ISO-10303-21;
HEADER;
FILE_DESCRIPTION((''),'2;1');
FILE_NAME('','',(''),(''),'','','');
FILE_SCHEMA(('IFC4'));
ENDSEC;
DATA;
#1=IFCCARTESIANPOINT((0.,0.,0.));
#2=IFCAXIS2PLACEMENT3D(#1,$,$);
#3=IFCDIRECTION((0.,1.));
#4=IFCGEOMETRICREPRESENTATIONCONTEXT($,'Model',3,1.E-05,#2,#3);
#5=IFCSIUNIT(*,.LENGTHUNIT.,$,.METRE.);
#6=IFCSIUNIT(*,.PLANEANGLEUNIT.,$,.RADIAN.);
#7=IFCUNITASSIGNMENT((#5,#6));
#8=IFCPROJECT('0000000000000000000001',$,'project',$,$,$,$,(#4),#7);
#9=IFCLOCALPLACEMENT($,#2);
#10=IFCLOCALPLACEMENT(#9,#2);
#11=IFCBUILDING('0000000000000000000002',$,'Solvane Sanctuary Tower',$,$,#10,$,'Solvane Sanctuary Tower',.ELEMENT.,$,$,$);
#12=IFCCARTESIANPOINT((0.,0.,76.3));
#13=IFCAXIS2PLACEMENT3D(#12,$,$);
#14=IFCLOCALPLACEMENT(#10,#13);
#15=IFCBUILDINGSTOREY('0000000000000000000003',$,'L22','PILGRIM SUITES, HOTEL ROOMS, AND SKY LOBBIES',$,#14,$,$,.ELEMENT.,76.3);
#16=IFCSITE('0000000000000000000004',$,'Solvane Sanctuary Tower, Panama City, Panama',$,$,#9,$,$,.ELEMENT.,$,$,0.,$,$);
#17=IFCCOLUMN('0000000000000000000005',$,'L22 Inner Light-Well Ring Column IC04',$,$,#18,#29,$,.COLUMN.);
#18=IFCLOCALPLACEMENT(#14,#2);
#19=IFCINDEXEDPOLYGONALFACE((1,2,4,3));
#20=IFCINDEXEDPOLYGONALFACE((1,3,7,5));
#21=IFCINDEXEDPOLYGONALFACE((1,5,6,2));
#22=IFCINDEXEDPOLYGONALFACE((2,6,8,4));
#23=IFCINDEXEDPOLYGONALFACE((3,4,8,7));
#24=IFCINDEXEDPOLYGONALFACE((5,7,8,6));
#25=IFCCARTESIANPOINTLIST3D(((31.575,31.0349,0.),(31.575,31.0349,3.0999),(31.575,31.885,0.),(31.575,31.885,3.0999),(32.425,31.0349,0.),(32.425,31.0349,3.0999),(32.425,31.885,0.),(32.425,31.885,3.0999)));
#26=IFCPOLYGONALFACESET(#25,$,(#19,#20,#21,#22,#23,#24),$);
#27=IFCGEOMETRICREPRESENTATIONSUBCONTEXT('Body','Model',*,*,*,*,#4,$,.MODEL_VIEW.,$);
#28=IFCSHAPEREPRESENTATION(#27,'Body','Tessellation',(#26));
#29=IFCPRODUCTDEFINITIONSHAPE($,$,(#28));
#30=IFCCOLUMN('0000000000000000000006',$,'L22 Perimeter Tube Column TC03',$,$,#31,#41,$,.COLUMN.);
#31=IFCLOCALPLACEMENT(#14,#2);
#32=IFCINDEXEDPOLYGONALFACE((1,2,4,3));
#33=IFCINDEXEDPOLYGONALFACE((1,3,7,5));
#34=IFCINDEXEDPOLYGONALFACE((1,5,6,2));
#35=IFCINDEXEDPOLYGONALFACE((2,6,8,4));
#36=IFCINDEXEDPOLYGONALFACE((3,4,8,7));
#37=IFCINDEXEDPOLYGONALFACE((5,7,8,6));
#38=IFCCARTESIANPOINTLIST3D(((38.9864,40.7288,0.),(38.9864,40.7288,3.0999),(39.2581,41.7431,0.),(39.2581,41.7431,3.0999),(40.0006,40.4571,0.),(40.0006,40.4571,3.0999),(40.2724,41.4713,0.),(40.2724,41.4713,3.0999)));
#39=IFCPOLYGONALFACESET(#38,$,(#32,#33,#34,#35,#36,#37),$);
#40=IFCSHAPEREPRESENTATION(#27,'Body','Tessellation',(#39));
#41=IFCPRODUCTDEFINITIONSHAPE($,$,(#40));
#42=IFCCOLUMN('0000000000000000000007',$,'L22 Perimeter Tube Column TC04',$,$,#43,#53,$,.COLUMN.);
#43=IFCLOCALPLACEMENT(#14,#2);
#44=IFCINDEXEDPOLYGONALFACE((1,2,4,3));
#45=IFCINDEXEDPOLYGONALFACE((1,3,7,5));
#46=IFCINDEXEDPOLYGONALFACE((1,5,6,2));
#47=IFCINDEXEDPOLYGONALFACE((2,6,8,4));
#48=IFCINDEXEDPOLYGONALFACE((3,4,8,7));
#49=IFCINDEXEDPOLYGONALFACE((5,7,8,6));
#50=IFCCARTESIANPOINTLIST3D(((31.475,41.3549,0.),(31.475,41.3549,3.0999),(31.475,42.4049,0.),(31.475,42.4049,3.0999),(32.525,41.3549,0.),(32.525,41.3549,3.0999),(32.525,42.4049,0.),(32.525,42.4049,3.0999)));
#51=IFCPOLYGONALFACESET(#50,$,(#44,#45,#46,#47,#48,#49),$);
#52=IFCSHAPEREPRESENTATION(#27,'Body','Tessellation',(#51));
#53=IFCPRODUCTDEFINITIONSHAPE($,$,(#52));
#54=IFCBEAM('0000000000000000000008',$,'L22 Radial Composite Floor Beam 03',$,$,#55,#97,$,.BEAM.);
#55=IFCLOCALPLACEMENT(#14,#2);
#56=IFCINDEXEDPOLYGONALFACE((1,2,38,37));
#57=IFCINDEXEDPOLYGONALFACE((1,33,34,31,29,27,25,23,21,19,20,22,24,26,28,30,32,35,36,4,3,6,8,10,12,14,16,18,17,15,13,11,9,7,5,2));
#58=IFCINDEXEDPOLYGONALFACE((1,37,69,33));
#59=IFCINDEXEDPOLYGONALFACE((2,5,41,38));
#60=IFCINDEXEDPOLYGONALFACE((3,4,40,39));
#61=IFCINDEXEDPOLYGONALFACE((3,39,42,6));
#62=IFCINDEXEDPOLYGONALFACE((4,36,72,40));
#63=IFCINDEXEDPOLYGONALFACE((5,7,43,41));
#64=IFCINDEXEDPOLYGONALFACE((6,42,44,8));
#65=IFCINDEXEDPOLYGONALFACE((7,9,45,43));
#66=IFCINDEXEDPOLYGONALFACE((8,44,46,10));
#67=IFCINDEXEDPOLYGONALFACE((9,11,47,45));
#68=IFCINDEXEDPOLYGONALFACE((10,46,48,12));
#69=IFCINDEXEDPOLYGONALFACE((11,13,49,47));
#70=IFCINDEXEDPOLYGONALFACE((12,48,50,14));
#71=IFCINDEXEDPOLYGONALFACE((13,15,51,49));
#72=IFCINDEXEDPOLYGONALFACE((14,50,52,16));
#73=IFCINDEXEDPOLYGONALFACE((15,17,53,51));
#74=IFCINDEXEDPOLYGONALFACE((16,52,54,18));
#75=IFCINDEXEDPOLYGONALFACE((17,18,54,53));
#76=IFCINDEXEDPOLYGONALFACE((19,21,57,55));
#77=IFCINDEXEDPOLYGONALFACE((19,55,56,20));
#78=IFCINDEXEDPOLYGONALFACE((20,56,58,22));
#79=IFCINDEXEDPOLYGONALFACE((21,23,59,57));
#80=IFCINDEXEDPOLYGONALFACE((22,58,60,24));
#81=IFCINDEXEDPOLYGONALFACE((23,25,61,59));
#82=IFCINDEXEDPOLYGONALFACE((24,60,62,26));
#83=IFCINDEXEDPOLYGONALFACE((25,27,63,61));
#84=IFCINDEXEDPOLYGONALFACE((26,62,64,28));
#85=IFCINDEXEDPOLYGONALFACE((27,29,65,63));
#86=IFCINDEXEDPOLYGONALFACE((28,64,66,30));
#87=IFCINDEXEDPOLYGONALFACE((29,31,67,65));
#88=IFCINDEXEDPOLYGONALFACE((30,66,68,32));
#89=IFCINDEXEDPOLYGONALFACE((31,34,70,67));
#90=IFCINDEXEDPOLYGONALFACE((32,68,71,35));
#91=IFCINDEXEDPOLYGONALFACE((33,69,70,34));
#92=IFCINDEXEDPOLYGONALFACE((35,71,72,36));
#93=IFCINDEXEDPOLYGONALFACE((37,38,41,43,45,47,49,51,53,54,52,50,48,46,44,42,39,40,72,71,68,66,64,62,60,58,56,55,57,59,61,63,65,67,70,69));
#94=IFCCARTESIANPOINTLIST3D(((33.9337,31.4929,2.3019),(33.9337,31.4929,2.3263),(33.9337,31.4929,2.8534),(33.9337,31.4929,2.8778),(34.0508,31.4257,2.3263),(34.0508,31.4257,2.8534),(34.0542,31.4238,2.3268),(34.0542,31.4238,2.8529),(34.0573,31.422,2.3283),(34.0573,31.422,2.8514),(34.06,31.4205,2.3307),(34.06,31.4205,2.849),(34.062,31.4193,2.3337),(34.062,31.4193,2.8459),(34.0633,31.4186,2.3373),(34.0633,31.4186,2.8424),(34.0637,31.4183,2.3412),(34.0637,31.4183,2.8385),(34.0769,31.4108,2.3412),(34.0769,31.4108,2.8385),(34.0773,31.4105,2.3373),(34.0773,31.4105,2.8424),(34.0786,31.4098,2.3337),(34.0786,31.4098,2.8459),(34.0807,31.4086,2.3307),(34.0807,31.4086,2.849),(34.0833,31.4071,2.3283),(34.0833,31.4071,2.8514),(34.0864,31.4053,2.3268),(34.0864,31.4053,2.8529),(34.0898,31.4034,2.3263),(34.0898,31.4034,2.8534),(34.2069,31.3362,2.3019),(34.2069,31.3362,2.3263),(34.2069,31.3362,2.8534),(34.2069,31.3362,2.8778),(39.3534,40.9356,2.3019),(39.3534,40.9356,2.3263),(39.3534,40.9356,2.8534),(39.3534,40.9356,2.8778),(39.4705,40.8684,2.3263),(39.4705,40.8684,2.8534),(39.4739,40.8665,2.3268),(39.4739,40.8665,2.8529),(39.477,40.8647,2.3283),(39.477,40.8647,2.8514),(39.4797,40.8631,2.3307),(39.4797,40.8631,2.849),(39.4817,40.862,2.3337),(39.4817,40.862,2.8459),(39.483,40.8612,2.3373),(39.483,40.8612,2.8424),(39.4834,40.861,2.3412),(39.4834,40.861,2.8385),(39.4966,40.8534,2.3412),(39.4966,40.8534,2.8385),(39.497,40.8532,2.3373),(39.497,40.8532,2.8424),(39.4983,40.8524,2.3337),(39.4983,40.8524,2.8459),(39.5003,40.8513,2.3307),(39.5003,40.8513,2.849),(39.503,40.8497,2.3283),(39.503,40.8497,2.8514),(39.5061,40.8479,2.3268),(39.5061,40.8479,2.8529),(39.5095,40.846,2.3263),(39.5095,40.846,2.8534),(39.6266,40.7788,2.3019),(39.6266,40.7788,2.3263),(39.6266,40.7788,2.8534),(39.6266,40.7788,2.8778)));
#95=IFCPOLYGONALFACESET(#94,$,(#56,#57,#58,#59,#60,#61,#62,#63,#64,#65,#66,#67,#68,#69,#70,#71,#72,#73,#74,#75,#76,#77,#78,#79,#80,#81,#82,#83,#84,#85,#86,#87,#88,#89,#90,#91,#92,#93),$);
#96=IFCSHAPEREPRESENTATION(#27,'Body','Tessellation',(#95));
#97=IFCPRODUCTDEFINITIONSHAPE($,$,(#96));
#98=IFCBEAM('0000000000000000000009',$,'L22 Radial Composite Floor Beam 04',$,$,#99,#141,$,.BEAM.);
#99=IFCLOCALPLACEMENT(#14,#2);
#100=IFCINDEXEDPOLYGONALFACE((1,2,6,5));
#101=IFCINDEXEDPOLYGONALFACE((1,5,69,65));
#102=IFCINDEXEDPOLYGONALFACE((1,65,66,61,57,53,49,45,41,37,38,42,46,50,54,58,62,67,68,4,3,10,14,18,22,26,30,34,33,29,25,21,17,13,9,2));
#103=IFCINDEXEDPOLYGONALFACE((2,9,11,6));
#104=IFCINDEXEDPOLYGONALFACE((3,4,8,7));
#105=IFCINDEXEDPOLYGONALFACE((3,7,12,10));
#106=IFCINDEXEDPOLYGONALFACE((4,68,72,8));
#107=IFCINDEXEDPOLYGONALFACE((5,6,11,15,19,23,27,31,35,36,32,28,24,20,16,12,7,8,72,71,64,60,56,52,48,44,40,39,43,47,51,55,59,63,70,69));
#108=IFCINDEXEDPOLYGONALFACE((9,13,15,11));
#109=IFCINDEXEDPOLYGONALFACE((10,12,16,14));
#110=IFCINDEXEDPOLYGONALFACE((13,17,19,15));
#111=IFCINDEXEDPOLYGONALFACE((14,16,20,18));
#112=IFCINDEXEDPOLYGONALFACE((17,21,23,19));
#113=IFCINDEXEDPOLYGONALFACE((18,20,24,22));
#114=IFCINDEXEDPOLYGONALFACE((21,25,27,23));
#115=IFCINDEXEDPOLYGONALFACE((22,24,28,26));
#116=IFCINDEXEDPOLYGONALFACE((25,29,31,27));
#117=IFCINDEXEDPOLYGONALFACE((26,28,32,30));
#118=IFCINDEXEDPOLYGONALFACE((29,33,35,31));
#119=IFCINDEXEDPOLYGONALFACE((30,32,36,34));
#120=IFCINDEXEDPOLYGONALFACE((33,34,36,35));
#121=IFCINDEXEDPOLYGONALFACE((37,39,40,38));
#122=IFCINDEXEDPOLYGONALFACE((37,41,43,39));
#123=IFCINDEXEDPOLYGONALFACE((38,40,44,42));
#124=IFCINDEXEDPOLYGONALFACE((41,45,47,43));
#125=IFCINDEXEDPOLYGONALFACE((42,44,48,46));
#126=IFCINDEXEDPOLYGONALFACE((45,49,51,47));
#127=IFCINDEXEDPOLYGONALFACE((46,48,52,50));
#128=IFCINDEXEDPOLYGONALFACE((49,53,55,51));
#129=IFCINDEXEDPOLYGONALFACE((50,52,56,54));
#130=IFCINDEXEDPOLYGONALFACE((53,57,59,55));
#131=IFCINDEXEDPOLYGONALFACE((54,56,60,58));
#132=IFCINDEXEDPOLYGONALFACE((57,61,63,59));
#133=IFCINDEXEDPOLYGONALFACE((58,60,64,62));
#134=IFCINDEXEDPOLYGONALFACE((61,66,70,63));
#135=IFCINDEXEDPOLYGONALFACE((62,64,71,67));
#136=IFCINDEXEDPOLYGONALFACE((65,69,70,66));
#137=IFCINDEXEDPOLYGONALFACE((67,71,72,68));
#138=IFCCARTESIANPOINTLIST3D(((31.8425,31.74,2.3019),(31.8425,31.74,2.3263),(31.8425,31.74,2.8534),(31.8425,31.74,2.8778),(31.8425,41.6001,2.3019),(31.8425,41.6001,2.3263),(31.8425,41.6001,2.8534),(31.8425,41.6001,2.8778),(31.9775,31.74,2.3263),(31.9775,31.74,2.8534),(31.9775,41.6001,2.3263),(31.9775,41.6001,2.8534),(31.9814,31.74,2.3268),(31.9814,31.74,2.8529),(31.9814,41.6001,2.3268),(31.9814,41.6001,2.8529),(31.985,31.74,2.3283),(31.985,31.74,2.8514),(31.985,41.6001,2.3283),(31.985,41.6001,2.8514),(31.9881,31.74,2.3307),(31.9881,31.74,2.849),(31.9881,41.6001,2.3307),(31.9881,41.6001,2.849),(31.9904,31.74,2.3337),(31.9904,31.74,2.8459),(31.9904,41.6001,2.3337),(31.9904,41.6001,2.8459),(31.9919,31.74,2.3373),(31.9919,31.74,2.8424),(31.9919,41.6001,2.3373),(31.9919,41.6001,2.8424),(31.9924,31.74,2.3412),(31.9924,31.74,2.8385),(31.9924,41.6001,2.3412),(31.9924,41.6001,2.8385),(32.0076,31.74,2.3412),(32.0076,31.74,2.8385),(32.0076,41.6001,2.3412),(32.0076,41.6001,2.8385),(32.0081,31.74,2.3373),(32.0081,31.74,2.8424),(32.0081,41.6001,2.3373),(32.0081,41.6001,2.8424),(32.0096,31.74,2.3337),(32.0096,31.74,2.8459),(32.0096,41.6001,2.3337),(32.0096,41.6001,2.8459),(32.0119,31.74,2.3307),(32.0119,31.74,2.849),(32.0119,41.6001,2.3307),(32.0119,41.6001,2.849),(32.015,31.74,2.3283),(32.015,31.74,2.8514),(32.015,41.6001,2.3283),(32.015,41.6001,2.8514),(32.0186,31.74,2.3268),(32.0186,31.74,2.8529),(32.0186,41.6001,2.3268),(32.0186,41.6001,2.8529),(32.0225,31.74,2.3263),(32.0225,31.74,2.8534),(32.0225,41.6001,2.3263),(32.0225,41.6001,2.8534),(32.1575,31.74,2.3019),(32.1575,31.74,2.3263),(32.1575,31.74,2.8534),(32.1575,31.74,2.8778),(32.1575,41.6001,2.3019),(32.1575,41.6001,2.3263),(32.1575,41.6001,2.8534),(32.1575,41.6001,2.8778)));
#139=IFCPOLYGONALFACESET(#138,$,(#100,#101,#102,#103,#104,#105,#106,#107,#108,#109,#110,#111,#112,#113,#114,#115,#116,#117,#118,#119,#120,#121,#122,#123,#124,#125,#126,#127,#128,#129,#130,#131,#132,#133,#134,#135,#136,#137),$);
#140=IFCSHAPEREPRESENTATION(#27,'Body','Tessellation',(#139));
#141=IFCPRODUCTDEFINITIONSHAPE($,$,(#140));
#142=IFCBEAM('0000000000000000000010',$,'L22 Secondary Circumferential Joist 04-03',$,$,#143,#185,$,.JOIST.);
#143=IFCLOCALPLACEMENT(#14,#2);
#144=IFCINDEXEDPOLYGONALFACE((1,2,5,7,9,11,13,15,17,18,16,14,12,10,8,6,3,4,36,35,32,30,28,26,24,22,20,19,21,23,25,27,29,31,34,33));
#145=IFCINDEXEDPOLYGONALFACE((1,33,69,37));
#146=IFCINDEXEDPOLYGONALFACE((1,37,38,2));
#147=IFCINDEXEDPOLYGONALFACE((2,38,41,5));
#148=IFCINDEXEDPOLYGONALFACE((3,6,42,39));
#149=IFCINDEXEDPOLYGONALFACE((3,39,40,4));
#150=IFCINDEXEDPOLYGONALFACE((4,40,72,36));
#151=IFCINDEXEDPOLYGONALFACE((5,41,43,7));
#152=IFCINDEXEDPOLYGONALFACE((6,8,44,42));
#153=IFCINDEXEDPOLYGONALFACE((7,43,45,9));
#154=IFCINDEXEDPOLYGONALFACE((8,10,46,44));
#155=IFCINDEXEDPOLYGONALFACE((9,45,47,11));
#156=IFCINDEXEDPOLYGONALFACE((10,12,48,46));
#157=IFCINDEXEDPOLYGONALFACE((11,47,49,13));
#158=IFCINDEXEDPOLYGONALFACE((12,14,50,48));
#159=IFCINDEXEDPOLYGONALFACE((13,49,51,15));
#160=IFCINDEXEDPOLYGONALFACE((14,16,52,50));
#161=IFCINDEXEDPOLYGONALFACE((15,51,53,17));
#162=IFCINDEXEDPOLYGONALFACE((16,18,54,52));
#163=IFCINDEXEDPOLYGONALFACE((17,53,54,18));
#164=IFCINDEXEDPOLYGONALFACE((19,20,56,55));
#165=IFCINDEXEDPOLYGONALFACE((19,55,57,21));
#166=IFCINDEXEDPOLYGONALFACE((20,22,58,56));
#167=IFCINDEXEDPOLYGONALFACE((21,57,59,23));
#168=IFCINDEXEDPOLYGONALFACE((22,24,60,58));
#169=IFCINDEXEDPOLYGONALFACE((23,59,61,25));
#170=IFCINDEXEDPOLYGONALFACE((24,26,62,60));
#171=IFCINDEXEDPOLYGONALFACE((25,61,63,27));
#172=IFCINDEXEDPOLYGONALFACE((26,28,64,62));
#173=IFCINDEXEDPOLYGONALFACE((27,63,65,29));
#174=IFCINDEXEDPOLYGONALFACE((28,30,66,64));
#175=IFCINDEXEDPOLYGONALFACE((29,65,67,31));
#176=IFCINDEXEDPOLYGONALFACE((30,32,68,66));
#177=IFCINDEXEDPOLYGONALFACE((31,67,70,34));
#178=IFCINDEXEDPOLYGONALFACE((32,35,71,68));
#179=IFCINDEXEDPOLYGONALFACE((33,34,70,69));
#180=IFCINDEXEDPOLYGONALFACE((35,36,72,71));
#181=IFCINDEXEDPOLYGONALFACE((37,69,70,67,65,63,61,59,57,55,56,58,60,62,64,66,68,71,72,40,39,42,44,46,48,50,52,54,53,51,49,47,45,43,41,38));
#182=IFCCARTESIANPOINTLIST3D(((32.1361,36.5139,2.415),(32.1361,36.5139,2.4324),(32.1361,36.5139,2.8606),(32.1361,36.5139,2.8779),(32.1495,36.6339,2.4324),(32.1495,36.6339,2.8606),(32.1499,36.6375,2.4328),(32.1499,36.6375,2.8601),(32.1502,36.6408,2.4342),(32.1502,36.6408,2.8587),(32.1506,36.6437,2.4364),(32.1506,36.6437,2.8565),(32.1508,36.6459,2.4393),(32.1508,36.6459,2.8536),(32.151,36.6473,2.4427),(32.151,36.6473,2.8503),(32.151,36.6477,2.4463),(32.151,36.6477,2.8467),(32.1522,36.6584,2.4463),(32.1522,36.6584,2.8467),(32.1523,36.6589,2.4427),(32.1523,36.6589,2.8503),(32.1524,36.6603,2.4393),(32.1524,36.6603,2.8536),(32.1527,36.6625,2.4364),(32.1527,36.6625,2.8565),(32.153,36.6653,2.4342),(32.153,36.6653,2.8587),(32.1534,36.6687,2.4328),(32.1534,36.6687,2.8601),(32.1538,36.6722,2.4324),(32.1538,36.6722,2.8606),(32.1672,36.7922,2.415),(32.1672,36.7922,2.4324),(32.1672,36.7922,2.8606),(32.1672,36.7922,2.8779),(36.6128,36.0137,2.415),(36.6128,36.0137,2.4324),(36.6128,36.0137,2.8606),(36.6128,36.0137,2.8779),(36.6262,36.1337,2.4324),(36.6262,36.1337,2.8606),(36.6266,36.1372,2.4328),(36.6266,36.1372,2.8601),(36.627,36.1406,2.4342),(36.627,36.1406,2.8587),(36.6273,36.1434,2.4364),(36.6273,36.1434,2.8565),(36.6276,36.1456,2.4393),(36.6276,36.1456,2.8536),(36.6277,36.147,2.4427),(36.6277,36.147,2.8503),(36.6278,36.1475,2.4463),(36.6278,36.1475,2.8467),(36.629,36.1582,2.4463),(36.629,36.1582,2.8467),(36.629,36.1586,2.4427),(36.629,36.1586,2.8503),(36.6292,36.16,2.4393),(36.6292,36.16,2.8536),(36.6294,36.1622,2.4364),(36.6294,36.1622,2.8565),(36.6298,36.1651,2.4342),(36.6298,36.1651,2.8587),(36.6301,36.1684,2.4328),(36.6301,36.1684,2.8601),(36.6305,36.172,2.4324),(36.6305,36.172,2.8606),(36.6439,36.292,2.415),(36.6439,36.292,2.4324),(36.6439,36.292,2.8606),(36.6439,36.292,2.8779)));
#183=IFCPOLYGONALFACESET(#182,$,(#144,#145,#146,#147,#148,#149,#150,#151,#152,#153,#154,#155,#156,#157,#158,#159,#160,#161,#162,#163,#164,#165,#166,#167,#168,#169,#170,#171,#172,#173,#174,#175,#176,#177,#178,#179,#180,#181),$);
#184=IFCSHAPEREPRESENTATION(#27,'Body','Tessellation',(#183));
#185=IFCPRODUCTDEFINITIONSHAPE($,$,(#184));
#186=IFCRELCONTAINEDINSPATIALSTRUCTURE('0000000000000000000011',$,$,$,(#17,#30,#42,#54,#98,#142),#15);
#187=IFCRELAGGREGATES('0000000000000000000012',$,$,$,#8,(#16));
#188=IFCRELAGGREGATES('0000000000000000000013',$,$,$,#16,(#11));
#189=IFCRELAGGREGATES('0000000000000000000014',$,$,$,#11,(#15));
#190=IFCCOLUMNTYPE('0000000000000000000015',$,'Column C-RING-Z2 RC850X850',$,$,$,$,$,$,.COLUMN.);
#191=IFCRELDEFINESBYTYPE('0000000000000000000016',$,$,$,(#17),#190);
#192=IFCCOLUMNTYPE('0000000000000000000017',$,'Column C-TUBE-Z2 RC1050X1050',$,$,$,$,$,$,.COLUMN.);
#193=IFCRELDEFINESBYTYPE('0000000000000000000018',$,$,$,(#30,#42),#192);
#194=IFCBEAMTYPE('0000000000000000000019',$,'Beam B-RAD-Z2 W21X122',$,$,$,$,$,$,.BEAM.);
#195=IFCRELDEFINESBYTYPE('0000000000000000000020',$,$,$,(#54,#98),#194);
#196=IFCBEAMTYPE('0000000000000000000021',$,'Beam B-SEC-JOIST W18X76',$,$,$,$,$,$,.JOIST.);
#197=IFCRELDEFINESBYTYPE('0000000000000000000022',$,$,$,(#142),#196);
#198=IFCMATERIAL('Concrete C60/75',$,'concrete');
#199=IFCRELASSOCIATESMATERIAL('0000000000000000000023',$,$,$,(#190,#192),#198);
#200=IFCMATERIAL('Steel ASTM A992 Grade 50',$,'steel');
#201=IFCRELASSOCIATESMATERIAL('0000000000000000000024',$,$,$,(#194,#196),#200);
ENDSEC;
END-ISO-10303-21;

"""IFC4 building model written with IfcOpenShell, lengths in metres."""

from ifc_helpers import new_model, si_unit, direction, frame, origin, origin_2d, place, context, subcontext, project, spatial, rectangle, i_section, extrude, material, material_profile, profile_set, type_object, element, save


model = new_model("IFC4")

# Units and contexts
model_context = context("Model", 3, precision=1e-05, world=origin(), true_north=direction((0.0, 1.0)))
body_context = subcontext(model_context, "Body", "Model", "MODEL_VIEW")
ifc_project = project(units=[si_unit("LENGTHUNIT", "METRE"), si_unit("PLANEANGLEUNIT", "RADIAN")], contexts=[model_context])

# Site, building, storey
site_placement = place(None, origin())
site = spatial("IfcSite", under=ifc_project, at=site_placement, Name="Solvane Sanctuary Tower, Panama City, Panama", CompositionType="ELEMENT", RefElevation=0.0)
building_placement = place(site_placement, origin())
building = spatial("IfcBuilding", under=site, at=building_placement, Name="Solvane Sanctuary Tower", LongName="Solvane Sanctuary Tower", CompositionType="ELEMENT")
storey_placement = place(building_placement, frame((0.0, 0.0, 76.3)))
storey = spatial("IfcBuildingStorey", under=building, at=storey_placement, Name="L22", Description="PILGRIM SUITES, HOTEL ROOMS, AND SKY LOBBIES", CompositionType="ELEMENT", Elevation=76.3)

# Columns
ifc_material_1 = material(Name="Concrete C60/75", Category="concrete")
ifc_material_profile_1 = material_profile(ifc_material_1, rectangle(XDim=0.8501, YDim=0.8501, at=origin_2d()), Name="RC850X850")
ifc_profile_set_1 = profile_set([ifc_material_profile_1], Name="Concrete C60/75")
column_type_1 = type_object("IfcColumnType", Name="Column C-RING-Z2 RC850X850", PredefinedType="COLUMN", material=ifc_profile_set_1)
column_placement = place(storey_placement, frame((32.0, 31.46, 0.0), z_axis=(0.0, 0.0, 1.0), x_axis=(1.0, 0.0, 0.0)))
element("IfcColumn", 1, at=column_placement, inside=storey, type_object=column_type_1, Name="L22 Inner Light-Well Ring Column IC04", PredefinedType="COLUMN", context=body_context, shape_type="SweptSolid", body=[
    extrude(rectangle(XDim=0.8501, YDim=0.8501, at=origin_2d()), origin(), (0.0, 0.0, 1.0), 3.0999),
])
ifc_material_profile_2 = material_profile(ifc_material_1, rectangle(XDim=1.05, YDim=1.05, at=origin_2d()), Name="RC1050X1050")
ifc_profile_set_2 = profile_set([ifc_material_profile_2], Name="Concrete C60/75")
column_type_2 = type_object("IfcColumnType", Name="Column C-TUBE-Z2 RC1050X1050", PredefinedType="COLUMN", material=ifc_profile_set_2)
for number, where, z_axis, x_axis, name in (
    (2, (39.6294, 41.1001, 0.0), (0.0, 0.0, 1.0), (0.258819, 0.965926, 0.0), "L22 Perimeter Tube Column TC03"),
    (3, (32.0, 41.8799, 0.0), (0.0, 0.0, 1.0), (0.0, 1.0, 0.0), "L22 Perimeter Tube Column TC04"),
):
    element("IfcColumn", number, at=place(storey_placement, frame(where, z_axis=z_axis, x_axis=x_axis)), inside=storey, type_object=column_type_2, Name=name, PredefinedType="COLUMN", context=body_context, shape_type="SweptSolid", body=[
        extrude(rectangle(XDim=1.05, YDim=1.05, at=origin_2d()), origin(), (0.0, 0.0, 1.0), 3.0999),
    ])

# Beams
ifc_material_2 = material(Name="Steel ASTM A992 Grade 50", Category="steel")
ifc_material_profile_3 = material_profile(ifc_material_2, i_section(OverallWidth=0.3149, OverallDepth=0.5759, WebThickness=0.0151, FlangeThickness=0.0244, FilletRadius=0.0149, at=origin_2d()), Name="W21X122")
ifc_profile_set_3 = profile_set([ifc_material_profile_3], Name="Steel ASTM A992 Grade 50")
beam_type_1 = type_object("IfcBeamType", Name="Beam B-RAD-Z2 W21X122", PredefinedType="BEAM", material=ifc_profile_set_3)
beam_1_placement = place(storey_placement, frame((34.0703, 31.4146, 2.5898), z_axis=(0.497792, 0.867296, 0.0), x_axis=(-0.867296, 0.497792, 0.0)))
element("IfcBeam", 4, at=beam_1_placement, inside=storey, type_object=beam_type_1, Name="L22 Radial Composite Floor Beam 03", PredefinedType="BEAM", context=body_context, shape_type="SweptSolid", body=[
    extrude(i_section(OverallWidth=0.3149, OverallDepth=0.5759, WebThickness=0.0151, FlangeThickness=0.0244, FilletRadius=0.0149, at=origin_2d()), origin(), (0.0, 0.0, 1.0), 10.8875),
])
beam_2_placement = place(storey_placement, frame((32.0, 31.74, 2.5898), z_axis=(0.0, 1.0, 0.0), x_axis=(-1.0, 0.0, 0.0)))
element("IfcBeam", 5, at=beam_2_placement, inside=storey, type_object=beam_type_1, Name="L22 Radial Composite Floor Beam 04", PredefinedType="BEAM", context=body_context, shape_type="SweptSolid", body=[
    extrude(i_section(OverallWidth=0.3149, OverallDepth=0.5759, WebThickness=0.0151, FlangeThickness=0.0244, FilletRadius=0.0149, at=origin_2d()), origin(), (0.0, 0.0, 1.0), 9.8601),
])
ifc_material_profile_4 = material_profile(ifc_material_2, i_section(OverallWidth=0.28, OverallDepth=0.4629, WebThickness=0.0107, FlangeThickness=0.0173, FilletRadius=0.0139, at=origin_2d()), Name="W18X76")
ifc_profile_set_4 = profile_set([ifc_material_profile_4], Name="Steel ASTM A992 Grade 50")
beam_type_2 = type_object("IfcBeamType", Name="Beam B-SEC-JOIST W18X76", PredefinedType="JOIST", material=ifc_profile_set_4)
beam_3_placement = place(storey_placement, frame((32.1516, 36.6531, 2.6465), z_axis=(0.993815, -0.11105, 0.0), x_axis=(0.11105, 0.993815, 0.0)))
element("IfcBeam", 6, at=beam_3_placement, inside=storey, type_object=beam_type_2, Name="L22 Secondary Circumferential Joist 04-03", PredefinedType="JOIST", context=body_context, shape_type="SweptSolid", body=[
    extrude(i_section(OverallWidth=0.28, OverallDepth=0.4629, WebThickness=0.0107, FlangeThickness=0.0173, FilletRadius=0.0139, at=origin_2d()), origin(), (0.0, 0.0, 1.0), 4.5046),
])

save(model, "model.ifc")
